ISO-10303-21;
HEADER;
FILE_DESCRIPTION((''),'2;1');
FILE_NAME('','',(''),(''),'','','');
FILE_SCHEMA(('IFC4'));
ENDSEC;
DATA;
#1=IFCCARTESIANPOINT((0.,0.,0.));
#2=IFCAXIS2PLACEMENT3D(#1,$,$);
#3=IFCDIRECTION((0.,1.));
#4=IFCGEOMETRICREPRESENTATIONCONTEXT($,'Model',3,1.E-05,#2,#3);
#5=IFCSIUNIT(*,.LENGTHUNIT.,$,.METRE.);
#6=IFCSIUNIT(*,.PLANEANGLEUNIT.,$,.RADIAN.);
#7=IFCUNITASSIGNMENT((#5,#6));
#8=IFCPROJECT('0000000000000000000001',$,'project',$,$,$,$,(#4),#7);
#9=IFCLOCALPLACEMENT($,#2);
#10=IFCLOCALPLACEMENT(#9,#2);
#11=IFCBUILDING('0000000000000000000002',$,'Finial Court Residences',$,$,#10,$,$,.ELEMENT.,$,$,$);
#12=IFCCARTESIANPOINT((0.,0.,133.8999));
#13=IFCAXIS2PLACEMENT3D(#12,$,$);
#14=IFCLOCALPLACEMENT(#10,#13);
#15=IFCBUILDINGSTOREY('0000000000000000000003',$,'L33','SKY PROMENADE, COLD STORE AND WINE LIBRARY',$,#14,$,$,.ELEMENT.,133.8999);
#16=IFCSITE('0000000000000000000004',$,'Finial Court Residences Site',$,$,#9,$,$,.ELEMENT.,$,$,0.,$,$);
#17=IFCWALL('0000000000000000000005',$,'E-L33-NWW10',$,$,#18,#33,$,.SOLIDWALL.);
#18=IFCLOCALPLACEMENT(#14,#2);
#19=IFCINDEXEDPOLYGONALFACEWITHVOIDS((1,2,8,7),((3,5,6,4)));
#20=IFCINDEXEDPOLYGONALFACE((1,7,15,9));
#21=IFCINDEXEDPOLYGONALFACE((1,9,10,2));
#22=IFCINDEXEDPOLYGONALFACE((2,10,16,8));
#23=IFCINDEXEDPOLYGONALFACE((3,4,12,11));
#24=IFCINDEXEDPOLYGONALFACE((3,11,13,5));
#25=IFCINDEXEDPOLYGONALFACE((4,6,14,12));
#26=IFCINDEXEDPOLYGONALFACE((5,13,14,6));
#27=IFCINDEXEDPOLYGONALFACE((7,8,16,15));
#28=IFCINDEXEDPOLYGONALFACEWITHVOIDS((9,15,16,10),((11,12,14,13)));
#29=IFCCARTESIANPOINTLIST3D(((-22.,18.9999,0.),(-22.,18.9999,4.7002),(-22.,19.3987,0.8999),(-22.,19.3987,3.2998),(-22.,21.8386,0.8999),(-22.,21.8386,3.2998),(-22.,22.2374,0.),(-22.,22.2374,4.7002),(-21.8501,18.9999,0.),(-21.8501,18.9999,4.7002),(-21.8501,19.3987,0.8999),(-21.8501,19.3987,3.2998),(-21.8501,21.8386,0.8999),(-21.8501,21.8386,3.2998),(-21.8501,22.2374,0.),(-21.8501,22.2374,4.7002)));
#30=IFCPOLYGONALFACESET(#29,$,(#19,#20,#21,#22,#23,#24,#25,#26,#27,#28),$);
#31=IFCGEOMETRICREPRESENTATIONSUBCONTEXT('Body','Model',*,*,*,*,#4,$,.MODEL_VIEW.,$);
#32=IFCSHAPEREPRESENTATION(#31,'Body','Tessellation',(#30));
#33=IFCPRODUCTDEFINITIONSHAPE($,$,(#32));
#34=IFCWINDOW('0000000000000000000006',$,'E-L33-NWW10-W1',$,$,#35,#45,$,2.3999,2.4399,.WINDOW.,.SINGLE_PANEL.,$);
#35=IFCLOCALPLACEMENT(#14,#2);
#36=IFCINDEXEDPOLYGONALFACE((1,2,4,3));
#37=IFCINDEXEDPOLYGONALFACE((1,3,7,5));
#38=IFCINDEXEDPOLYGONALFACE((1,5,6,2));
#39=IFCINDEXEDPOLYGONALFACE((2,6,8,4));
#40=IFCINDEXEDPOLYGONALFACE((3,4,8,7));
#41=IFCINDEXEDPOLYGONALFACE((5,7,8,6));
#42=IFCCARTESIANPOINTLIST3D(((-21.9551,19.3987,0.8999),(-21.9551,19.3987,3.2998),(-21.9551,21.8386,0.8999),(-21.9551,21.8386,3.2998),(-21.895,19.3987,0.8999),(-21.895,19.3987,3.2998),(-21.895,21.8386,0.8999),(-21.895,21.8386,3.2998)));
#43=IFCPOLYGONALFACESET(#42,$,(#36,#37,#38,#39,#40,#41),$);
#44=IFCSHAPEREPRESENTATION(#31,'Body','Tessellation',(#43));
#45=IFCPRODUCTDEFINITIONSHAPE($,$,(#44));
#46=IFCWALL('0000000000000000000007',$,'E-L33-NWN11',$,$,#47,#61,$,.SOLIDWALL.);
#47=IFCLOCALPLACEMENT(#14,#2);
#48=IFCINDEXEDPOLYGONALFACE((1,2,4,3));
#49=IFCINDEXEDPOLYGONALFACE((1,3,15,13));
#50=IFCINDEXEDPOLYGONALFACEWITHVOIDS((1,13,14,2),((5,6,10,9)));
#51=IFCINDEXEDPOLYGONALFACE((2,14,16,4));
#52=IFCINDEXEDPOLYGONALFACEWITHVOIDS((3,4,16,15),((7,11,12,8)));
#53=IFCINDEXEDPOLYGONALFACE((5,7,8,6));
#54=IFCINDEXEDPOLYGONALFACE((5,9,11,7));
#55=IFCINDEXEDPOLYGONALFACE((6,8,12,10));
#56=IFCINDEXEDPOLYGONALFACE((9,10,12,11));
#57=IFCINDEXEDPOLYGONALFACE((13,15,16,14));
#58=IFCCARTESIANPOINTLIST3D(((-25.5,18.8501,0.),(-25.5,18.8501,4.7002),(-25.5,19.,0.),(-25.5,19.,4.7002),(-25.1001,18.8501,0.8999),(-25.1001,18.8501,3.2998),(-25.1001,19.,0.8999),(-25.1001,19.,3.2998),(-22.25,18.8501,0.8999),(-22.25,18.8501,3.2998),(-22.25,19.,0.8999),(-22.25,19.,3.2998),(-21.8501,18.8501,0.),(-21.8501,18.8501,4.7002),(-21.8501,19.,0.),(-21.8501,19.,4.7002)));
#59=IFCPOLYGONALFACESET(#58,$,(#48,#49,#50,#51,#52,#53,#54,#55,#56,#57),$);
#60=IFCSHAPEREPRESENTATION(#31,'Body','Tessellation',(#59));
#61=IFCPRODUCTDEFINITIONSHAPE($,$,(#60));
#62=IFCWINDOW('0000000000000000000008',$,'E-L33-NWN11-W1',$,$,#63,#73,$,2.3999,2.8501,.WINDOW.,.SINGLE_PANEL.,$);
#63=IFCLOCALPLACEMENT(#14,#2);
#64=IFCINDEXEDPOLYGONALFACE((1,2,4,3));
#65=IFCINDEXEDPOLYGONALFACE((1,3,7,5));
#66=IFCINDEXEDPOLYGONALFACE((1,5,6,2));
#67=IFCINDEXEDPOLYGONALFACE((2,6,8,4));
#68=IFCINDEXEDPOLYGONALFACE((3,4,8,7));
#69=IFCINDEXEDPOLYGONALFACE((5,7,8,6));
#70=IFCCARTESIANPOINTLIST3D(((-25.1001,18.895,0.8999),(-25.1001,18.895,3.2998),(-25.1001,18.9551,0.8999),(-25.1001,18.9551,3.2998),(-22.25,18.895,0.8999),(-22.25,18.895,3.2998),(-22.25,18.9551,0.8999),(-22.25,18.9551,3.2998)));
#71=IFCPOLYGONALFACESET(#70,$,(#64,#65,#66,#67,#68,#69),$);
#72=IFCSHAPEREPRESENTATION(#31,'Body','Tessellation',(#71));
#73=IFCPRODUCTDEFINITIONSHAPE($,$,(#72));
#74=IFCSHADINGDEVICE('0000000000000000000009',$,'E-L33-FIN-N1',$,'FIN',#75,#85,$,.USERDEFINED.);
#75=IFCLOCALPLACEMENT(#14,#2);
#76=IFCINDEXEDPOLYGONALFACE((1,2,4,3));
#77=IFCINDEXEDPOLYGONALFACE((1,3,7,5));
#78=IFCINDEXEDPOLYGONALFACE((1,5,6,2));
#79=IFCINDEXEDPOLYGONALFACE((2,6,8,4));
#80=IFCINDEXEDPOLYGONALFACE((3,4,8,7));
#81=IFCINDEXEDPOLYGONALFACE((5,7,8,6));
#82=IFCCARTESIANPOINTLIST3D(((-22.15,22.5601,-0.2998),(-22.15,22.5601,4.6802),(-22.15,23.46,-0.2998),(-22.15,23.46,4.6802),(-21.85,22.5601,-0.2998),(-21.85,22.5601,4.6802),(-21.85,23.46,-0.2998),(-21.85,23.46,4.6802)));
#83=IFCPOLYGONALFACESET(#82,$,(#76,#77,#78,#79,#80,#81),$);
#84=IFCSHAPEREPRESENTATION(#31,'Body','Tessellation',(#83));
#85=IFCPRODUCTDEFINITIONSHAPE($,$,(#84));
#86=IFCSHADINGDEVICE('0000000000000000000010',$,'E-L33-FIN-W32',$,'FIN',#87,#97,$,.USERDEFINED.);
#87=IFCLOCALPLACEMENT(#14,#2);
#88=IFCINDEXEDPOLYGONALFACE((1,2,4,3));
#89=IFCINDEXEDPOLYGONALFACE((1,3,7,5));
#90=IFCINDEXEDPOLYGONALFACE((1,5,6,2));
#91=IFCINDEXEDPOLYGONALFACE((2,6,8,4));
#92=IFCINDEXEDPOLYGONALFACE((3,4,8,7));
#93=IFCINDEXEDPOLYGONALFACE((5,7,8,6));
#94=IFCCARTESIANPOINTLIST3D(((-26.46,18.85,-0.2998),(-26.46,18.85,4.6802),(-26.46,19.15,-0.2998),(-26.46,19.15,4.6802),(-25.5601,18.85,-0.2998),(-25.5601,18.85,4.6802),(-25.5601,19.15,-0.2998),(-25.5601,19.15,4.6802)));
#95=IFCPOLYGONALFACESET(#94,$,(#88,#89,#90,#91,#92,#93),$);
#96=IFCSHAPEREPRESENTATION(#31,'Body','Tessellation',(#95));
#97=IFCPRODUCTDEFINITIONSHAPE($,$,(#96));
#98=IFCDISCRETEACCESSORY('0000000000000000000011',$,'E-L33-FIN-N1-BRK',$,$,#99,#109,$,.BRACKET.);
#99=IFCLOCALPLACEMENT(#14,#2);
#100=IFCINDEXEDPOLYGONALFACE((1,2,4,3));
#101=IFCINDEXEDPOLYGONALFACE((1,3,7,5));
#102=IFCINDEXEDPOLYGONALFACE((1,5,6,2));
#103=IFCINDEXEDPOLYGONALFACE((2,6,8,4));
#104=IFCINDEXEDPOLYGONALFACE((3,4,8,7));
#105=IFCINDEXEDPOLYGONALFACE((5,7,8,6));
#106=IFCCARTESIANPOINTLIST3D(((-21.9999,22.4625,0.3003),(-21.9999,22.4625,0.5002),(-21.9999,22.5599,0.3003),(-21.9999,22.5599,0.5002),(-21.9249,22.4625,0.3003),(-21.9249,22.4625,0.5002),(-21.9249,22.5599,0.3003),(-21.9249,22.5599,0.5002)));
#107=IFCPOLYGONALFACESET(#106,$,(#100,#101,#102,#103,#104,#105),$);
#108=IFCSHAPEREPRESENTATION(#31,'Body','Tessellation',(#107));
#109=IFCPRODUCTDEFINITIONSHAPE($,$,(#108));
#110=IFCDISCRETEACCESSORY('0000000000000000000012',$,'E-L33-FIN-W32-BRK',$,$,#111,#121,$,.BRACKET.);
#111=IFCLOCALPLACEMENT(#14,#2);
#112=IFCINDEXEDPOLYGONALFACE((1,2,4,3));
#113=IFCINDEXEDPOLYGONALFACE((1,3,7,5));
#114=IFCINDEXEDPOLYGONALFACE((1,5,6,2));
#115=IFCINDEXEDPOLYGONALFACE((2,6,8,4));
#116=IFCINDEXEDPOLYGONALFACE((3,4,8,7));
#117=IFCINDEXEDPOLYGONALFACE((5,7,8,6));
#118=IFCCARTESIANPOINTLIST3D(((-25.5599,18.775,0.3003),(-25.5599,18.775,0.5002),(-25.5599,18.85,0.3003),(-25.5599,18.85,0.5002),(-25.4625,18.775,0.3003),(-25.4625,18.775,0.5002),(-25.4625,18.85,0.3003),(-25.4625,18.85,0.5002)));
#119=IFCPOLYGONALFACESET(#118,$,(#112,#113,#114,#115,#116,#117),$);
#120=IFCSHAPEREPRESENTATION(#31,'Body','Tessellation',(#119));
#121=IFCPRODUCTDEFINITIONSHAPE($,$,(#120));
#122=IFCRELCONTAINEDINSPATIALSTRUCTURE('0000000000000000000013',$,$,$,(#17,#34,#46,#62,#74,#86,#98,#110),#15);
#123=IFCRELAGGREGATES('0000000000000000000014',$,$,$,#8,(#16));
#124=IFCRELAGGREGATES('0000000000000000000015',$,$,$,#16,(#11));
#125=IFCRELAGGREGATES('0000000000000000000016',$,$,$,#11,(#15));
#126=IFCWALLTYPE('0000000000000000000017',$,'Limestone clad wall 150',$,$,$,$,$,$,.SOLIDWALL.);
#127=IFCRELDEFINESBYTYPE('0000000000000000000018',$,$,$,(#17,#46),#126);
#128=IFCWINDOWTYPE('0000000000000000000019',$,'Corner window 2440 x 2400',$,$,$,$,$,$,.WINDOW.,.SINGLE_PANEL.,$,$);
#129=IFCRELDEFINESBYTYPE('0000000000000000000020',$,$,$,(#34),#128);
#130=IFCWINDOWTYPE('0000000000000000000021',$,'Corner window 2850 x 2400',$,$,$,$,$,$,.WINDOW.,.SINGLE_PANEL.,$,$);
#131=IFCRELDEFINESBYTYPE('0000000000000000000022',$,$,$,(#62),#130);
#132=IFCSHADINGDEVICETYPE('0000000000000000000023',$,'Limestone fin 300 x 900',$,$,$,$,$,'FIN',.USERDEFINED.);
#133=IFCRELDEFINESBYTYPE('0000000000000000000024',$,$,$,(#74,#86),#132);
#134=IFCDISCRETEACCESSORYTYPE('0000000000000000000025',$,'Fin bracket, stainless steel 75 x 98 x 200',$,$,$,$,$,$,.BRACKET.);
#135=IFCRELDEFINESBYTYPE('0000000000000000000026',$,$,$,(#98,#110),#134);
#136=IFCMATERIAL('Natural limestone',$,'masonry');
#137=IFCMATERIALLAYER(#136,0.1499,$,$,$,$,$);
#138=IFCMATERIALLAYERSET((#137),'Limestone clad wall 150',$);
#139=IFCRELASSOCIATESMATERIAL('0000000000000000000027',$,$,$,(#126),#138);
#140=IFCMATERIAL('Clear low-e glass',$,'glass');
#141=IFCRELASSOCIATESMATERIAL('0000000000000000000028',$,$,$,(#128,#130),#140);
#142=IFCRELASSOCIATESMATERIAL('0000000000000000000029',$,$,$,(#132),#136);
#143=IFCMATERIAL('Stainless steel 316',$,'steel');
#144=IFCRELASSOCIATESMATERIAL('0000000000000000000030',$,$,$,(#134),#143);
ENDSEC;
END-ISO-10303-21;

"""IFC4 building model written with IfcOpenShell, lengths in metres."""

from ifc_helpers import new_model, si_unit, direction, frame, frame_2d, origin, origin_2d, place, context, subcontext, project, spatial, rectangle, extrude, material, layer, layer_set, type_object, element, fill, save


model = new_model("IFC4")

# Units and contexts
model_context = context("Model", 3, precision=1e-05, world=origin(), true_north=direction((0.0, 1.0)))
body_context = subcontext(model_context, "Body", "Model", "MODEL_VIEW")
ifc_project = project(units=[si_unit("LENGTHUNIT", "METRE"), si_unit("PLANEANGLEUNIT", "RADIAN")], contexts=[model_context])

# Site, building, storey
site_placement = place(None, origin())
site = spatial("IfcSite", under=ifc_project, at=site_placement, Name="Finial Court Residences Site", CompositionType="ELEMENT", RefElevation=0.0)
building_placement = place(site_placement, origin())
building = spatial("IfcBuilding", under=site, at=building_placement, Name="Finial Court Residences", CompositionType="ELEMENT")
storey_placement = place(building_placement, frame((0.0, 0.0, 133.8999)))
storey = spatial("IfcBuildingStorey", under=building, at=storey_placement, Name="L33", Description="SKY PROMENADE, COLD STORE AND WINE LIBRARY", CompositionType="ELEMENT", Elevation=133.8999)

# Shared definitions
ifc_material_1 = material(Name="Clear low-e glass", Category="glass")

# Walls, openings, windows
ifc_material_2 = material(Name="Natural limestone", Category="masonry")
ifc_layer_1 = layer(ifc_material_2, 0.1499)
ifc_layer_set_1 = layer_set([ifc_layer_1], Name="Limestone clad wall 150")
wall_type_1 = type_object("IfcWallType", Name="Limestone clad wall 150", PredefinedType="SOLIDWALL", material=ifc_layer_set_1)
wall_1_placement = place(storey_placement, frame((-21.925, 19.0, 0.0), z_axis=(0.0, 0.0, 1.0), x_axis=(0.0, 1.0, 0.0)))
wall_1 = element("IfcWall", 1, at=wall_1_placement, inside=storey, type_object=wall_type_1, Name="E-L33-NWW10", PredefinedType="SOLIDWALL", context=body_context, shape_type="SweptSolid", body=[
    extrude(rectangle(XDim=3.2375, YDim=0.1499, at=frame_2d((1.6187, 0.0))), origin(), (0.0, 0.0, 1.0), 4.7002),
])
opening_1_placement = place(wall_1_placement, frame((0.3987, 0.0, 0.8999)))
opening_1 = element("IfcOpeningElement", 2, at=opening_1_placement, cuts=wall_1, PredefinedType="OPENING", context=body_context, shape_type="SweptSolid", body=[
    extrude(rectangle(XDim=2.4399, YDim=2.3999, at=frame_2d((1.22, 1.2))), frame((0.0, 0.085, 0.0), z_axis=(0.0, -1.0, 0.0), x_axis=(1.0, 0.0, 0.0)), (0.0, 0.0, 1.0), 0.1699),
])
window_type_1 = type_object("IfcWindowType", Name="Corner window 2440 x 2400", PartitioningType="SINGLE_PANEL", PredefinedType="WINDOW", material=ifc_material_1)
window_1_placement = place(opening_1_placement, origin())
window_1 = element("IfcWindow", 3, at=window_1_placement, inside=storey, type_object=window_type_1, Name="E-L33-NWW10-W1", OverallHeight=2.3999, OverallWidth=2.4399, PartitioningType="SINGLE_PANEL", PredefinedType="WINDOW", context=body_context, shape_type="SweptSolid", body=[
    extrude(rectangle(XDim=2.4399, YDim=2.3999, at=frame_2d((1.22, 1.2))), frame((0.0, 0.03, 0.0), z_axis=(0.0, -1.0, 0.0), x_axis=(1.0, 0.0, 0.0)), (0.0, 0.0, 1.0), 0.0601),
])
fill(opening_1, window_1)
wall_2_placement = place(storey_placement, frame((-25.5, 18.925, 0.0), z_axis=(0.0, 0.0, 1.0), x_axis=(1.0, 0.0, 0.0)))
wall_2 = element("IfcWall", 4, at=wall_2_placement, inside=storey, type_object=wall_type_1, Name="E-L33-NWN11", PredefinedType="SOLIDWALL", context=body_context, shape_type="SweptSolid", body=[
    extrude(rectangle(XDim=3.6499, YDim=0.1499, at=frame_2d((1.825, 0.0))), origin(), (0.0, 0.0, 1.0), 4.7002),
])
opening_2_placement = place(wall_2_placement, frame((0.3999, 0.0, 0.8999)))
opening_2 = element("IfcOpeningElement", 5, at=opening_2_placement, cuts=wall_2, PredefinedType="OPENING", context=body_context, shape_type="SweptSolid", body=[
    extrude(rectangle(XDim=2.8501, YDim=2.3999, at=frame_2d((1.425, 1.2))), frame((0.0, 0.085, 0.0), z_axis=(0.0, -1.0, 0.0), x_axis=(1.0, 0.0, 0.0)), (0.0, 0.0, 1.0), 0.1699),
])
window_type_2 = type_object("IfcWindowType", Name="Corner window 2850 x 2400", PartitioningType="SINGLE_PANEL", PredefinedType="WINDOW", material=ifc_material_1)
window_2_placement = place(opening_2_placement, origin())
window_2 = element("IfcWindow", 6, at=window_2_placement, inside=storey, type_object=window_type_2, Name="E-L33-NWN11-W1", OverallHeight=2.3999, OverallWidth=2.8501, PartitioningType="SINGLE_PANEL", PredefinedType="WINDOW", context=body_context, shape_type="SweptSolid", body=[
    extrude(rectangle(XDim=2.8501, YDim=2.3999, at=frame_2d((1.425, 1.2))), frame((0.0, 0.03, 0.0), z_axis=(0.0, -1.0, 0.0), x_axis=(1.0, 0.0, 0.0)), (0.0, 0.0, 1.0), 0.0601),
])
fill(opening_2, window_2)

# Shading devices
shading_device_type = type_object("IfcShadingDeviceType", Name="Limestone fin 300 x 900", ElementType="FIN", PredefinedType="USERDEFINED", material=ifc_material_2)
shading_device_1_placement = place(storey_placement, frame((-22.0, 23.01, -0.2998), z_axis=(0.0, 0.0, 1.0), x_axis=(1.0, 0.0, 0.0)))
element("IfcShadingDevice", 7, at=shading_device_1_placement, inside=storey, type_object=shading_device_type, Name="E-L33-FIN-N1", ObjectType="FIN", PredefinedType="USERDEFINED", context=body_context, shape_type="SweptSolid", body=[
    extrude(rectangle(XDim=0.3, YDim=0.8999, at=origin_2d()), origin(), (0.0, 0.0, 1.0), 4.98),
])
shading_device_2_placement = place(storey_placement, frame((-26.01, 19.0, -0.2998), z_axis=(0.0, 0.0, 1.0), x_axis=(1.0, 0.0, 0.0)))
element("IfcShadingDevice", 8, at=shading_device_2_placement, inside=storey, type_object=shading_device_type, Name="E-L33-FIN-W32", ObjectType="FIN", PredefinedType="USERDEFINED", context=body_context, shape_type="SweptSolid", body=[
    extrude(rectangle(XDim=0.8999, YDim=0.3, at=origin_2d()), origin(), (0.0, 0.0, 1.0), 4.98),
])

# Discrete accessories
ifc_material_3 = material(Name="Stainless steel 316", Category="steel")
discrete_accessory_type = type_object("IfcDiscreteAccessoryType", Name="Fin bracket, stainless steel 75 x 98 x 200", PredefinedType="BRACKET", material=ifc_material_3)
discrete_accessory_1_placement = place(storey_placement, frame((-21.9624, 22.5112, 0.3003), z_axis=(0.0, 0.0, 1.0), x_axis=(1.0, 0.0, 0.0)))
element("IfcDiscreteAccessory", 9, at=discrete_accessory_1_placement, inside=storey, type_object=discrete_accessory_type, Name="E-L33-FIN-N1-BRK", PredefinedType="BRACKET", context=body_context, shape_type="SweptSolid", body=[
    extrude(rectangle(XDim=0.075, YDim=0.0974, at=origin_2d()), origin(), (0.0, 0.0, 1.0), 0.2),
])
discrete_accessory_2_placement = place(storey_placement, frame((-25.5112, 18.8125, 0.3003), z_axis=(0.0, 0.0, 1.0), x_axis=(1.0, 0.0, 0.0)))
element("IfcDiscreteAccessory", 10, at=discrete_accessory_2_placement, inside=storey, type_object=discrete_accessory_type, Name="E-L33-FIN-W32-BRK", PredefinedType="BRACKET", context=body_context, shape_type="SweptSolid", body=[
    extrude(rectangle(XDim=0.0974, YDim=0.075, at=origin_2d()), origin(), (0.0, 0.0, 1.0), 0.2),
])

save(model, "model.ifc")
